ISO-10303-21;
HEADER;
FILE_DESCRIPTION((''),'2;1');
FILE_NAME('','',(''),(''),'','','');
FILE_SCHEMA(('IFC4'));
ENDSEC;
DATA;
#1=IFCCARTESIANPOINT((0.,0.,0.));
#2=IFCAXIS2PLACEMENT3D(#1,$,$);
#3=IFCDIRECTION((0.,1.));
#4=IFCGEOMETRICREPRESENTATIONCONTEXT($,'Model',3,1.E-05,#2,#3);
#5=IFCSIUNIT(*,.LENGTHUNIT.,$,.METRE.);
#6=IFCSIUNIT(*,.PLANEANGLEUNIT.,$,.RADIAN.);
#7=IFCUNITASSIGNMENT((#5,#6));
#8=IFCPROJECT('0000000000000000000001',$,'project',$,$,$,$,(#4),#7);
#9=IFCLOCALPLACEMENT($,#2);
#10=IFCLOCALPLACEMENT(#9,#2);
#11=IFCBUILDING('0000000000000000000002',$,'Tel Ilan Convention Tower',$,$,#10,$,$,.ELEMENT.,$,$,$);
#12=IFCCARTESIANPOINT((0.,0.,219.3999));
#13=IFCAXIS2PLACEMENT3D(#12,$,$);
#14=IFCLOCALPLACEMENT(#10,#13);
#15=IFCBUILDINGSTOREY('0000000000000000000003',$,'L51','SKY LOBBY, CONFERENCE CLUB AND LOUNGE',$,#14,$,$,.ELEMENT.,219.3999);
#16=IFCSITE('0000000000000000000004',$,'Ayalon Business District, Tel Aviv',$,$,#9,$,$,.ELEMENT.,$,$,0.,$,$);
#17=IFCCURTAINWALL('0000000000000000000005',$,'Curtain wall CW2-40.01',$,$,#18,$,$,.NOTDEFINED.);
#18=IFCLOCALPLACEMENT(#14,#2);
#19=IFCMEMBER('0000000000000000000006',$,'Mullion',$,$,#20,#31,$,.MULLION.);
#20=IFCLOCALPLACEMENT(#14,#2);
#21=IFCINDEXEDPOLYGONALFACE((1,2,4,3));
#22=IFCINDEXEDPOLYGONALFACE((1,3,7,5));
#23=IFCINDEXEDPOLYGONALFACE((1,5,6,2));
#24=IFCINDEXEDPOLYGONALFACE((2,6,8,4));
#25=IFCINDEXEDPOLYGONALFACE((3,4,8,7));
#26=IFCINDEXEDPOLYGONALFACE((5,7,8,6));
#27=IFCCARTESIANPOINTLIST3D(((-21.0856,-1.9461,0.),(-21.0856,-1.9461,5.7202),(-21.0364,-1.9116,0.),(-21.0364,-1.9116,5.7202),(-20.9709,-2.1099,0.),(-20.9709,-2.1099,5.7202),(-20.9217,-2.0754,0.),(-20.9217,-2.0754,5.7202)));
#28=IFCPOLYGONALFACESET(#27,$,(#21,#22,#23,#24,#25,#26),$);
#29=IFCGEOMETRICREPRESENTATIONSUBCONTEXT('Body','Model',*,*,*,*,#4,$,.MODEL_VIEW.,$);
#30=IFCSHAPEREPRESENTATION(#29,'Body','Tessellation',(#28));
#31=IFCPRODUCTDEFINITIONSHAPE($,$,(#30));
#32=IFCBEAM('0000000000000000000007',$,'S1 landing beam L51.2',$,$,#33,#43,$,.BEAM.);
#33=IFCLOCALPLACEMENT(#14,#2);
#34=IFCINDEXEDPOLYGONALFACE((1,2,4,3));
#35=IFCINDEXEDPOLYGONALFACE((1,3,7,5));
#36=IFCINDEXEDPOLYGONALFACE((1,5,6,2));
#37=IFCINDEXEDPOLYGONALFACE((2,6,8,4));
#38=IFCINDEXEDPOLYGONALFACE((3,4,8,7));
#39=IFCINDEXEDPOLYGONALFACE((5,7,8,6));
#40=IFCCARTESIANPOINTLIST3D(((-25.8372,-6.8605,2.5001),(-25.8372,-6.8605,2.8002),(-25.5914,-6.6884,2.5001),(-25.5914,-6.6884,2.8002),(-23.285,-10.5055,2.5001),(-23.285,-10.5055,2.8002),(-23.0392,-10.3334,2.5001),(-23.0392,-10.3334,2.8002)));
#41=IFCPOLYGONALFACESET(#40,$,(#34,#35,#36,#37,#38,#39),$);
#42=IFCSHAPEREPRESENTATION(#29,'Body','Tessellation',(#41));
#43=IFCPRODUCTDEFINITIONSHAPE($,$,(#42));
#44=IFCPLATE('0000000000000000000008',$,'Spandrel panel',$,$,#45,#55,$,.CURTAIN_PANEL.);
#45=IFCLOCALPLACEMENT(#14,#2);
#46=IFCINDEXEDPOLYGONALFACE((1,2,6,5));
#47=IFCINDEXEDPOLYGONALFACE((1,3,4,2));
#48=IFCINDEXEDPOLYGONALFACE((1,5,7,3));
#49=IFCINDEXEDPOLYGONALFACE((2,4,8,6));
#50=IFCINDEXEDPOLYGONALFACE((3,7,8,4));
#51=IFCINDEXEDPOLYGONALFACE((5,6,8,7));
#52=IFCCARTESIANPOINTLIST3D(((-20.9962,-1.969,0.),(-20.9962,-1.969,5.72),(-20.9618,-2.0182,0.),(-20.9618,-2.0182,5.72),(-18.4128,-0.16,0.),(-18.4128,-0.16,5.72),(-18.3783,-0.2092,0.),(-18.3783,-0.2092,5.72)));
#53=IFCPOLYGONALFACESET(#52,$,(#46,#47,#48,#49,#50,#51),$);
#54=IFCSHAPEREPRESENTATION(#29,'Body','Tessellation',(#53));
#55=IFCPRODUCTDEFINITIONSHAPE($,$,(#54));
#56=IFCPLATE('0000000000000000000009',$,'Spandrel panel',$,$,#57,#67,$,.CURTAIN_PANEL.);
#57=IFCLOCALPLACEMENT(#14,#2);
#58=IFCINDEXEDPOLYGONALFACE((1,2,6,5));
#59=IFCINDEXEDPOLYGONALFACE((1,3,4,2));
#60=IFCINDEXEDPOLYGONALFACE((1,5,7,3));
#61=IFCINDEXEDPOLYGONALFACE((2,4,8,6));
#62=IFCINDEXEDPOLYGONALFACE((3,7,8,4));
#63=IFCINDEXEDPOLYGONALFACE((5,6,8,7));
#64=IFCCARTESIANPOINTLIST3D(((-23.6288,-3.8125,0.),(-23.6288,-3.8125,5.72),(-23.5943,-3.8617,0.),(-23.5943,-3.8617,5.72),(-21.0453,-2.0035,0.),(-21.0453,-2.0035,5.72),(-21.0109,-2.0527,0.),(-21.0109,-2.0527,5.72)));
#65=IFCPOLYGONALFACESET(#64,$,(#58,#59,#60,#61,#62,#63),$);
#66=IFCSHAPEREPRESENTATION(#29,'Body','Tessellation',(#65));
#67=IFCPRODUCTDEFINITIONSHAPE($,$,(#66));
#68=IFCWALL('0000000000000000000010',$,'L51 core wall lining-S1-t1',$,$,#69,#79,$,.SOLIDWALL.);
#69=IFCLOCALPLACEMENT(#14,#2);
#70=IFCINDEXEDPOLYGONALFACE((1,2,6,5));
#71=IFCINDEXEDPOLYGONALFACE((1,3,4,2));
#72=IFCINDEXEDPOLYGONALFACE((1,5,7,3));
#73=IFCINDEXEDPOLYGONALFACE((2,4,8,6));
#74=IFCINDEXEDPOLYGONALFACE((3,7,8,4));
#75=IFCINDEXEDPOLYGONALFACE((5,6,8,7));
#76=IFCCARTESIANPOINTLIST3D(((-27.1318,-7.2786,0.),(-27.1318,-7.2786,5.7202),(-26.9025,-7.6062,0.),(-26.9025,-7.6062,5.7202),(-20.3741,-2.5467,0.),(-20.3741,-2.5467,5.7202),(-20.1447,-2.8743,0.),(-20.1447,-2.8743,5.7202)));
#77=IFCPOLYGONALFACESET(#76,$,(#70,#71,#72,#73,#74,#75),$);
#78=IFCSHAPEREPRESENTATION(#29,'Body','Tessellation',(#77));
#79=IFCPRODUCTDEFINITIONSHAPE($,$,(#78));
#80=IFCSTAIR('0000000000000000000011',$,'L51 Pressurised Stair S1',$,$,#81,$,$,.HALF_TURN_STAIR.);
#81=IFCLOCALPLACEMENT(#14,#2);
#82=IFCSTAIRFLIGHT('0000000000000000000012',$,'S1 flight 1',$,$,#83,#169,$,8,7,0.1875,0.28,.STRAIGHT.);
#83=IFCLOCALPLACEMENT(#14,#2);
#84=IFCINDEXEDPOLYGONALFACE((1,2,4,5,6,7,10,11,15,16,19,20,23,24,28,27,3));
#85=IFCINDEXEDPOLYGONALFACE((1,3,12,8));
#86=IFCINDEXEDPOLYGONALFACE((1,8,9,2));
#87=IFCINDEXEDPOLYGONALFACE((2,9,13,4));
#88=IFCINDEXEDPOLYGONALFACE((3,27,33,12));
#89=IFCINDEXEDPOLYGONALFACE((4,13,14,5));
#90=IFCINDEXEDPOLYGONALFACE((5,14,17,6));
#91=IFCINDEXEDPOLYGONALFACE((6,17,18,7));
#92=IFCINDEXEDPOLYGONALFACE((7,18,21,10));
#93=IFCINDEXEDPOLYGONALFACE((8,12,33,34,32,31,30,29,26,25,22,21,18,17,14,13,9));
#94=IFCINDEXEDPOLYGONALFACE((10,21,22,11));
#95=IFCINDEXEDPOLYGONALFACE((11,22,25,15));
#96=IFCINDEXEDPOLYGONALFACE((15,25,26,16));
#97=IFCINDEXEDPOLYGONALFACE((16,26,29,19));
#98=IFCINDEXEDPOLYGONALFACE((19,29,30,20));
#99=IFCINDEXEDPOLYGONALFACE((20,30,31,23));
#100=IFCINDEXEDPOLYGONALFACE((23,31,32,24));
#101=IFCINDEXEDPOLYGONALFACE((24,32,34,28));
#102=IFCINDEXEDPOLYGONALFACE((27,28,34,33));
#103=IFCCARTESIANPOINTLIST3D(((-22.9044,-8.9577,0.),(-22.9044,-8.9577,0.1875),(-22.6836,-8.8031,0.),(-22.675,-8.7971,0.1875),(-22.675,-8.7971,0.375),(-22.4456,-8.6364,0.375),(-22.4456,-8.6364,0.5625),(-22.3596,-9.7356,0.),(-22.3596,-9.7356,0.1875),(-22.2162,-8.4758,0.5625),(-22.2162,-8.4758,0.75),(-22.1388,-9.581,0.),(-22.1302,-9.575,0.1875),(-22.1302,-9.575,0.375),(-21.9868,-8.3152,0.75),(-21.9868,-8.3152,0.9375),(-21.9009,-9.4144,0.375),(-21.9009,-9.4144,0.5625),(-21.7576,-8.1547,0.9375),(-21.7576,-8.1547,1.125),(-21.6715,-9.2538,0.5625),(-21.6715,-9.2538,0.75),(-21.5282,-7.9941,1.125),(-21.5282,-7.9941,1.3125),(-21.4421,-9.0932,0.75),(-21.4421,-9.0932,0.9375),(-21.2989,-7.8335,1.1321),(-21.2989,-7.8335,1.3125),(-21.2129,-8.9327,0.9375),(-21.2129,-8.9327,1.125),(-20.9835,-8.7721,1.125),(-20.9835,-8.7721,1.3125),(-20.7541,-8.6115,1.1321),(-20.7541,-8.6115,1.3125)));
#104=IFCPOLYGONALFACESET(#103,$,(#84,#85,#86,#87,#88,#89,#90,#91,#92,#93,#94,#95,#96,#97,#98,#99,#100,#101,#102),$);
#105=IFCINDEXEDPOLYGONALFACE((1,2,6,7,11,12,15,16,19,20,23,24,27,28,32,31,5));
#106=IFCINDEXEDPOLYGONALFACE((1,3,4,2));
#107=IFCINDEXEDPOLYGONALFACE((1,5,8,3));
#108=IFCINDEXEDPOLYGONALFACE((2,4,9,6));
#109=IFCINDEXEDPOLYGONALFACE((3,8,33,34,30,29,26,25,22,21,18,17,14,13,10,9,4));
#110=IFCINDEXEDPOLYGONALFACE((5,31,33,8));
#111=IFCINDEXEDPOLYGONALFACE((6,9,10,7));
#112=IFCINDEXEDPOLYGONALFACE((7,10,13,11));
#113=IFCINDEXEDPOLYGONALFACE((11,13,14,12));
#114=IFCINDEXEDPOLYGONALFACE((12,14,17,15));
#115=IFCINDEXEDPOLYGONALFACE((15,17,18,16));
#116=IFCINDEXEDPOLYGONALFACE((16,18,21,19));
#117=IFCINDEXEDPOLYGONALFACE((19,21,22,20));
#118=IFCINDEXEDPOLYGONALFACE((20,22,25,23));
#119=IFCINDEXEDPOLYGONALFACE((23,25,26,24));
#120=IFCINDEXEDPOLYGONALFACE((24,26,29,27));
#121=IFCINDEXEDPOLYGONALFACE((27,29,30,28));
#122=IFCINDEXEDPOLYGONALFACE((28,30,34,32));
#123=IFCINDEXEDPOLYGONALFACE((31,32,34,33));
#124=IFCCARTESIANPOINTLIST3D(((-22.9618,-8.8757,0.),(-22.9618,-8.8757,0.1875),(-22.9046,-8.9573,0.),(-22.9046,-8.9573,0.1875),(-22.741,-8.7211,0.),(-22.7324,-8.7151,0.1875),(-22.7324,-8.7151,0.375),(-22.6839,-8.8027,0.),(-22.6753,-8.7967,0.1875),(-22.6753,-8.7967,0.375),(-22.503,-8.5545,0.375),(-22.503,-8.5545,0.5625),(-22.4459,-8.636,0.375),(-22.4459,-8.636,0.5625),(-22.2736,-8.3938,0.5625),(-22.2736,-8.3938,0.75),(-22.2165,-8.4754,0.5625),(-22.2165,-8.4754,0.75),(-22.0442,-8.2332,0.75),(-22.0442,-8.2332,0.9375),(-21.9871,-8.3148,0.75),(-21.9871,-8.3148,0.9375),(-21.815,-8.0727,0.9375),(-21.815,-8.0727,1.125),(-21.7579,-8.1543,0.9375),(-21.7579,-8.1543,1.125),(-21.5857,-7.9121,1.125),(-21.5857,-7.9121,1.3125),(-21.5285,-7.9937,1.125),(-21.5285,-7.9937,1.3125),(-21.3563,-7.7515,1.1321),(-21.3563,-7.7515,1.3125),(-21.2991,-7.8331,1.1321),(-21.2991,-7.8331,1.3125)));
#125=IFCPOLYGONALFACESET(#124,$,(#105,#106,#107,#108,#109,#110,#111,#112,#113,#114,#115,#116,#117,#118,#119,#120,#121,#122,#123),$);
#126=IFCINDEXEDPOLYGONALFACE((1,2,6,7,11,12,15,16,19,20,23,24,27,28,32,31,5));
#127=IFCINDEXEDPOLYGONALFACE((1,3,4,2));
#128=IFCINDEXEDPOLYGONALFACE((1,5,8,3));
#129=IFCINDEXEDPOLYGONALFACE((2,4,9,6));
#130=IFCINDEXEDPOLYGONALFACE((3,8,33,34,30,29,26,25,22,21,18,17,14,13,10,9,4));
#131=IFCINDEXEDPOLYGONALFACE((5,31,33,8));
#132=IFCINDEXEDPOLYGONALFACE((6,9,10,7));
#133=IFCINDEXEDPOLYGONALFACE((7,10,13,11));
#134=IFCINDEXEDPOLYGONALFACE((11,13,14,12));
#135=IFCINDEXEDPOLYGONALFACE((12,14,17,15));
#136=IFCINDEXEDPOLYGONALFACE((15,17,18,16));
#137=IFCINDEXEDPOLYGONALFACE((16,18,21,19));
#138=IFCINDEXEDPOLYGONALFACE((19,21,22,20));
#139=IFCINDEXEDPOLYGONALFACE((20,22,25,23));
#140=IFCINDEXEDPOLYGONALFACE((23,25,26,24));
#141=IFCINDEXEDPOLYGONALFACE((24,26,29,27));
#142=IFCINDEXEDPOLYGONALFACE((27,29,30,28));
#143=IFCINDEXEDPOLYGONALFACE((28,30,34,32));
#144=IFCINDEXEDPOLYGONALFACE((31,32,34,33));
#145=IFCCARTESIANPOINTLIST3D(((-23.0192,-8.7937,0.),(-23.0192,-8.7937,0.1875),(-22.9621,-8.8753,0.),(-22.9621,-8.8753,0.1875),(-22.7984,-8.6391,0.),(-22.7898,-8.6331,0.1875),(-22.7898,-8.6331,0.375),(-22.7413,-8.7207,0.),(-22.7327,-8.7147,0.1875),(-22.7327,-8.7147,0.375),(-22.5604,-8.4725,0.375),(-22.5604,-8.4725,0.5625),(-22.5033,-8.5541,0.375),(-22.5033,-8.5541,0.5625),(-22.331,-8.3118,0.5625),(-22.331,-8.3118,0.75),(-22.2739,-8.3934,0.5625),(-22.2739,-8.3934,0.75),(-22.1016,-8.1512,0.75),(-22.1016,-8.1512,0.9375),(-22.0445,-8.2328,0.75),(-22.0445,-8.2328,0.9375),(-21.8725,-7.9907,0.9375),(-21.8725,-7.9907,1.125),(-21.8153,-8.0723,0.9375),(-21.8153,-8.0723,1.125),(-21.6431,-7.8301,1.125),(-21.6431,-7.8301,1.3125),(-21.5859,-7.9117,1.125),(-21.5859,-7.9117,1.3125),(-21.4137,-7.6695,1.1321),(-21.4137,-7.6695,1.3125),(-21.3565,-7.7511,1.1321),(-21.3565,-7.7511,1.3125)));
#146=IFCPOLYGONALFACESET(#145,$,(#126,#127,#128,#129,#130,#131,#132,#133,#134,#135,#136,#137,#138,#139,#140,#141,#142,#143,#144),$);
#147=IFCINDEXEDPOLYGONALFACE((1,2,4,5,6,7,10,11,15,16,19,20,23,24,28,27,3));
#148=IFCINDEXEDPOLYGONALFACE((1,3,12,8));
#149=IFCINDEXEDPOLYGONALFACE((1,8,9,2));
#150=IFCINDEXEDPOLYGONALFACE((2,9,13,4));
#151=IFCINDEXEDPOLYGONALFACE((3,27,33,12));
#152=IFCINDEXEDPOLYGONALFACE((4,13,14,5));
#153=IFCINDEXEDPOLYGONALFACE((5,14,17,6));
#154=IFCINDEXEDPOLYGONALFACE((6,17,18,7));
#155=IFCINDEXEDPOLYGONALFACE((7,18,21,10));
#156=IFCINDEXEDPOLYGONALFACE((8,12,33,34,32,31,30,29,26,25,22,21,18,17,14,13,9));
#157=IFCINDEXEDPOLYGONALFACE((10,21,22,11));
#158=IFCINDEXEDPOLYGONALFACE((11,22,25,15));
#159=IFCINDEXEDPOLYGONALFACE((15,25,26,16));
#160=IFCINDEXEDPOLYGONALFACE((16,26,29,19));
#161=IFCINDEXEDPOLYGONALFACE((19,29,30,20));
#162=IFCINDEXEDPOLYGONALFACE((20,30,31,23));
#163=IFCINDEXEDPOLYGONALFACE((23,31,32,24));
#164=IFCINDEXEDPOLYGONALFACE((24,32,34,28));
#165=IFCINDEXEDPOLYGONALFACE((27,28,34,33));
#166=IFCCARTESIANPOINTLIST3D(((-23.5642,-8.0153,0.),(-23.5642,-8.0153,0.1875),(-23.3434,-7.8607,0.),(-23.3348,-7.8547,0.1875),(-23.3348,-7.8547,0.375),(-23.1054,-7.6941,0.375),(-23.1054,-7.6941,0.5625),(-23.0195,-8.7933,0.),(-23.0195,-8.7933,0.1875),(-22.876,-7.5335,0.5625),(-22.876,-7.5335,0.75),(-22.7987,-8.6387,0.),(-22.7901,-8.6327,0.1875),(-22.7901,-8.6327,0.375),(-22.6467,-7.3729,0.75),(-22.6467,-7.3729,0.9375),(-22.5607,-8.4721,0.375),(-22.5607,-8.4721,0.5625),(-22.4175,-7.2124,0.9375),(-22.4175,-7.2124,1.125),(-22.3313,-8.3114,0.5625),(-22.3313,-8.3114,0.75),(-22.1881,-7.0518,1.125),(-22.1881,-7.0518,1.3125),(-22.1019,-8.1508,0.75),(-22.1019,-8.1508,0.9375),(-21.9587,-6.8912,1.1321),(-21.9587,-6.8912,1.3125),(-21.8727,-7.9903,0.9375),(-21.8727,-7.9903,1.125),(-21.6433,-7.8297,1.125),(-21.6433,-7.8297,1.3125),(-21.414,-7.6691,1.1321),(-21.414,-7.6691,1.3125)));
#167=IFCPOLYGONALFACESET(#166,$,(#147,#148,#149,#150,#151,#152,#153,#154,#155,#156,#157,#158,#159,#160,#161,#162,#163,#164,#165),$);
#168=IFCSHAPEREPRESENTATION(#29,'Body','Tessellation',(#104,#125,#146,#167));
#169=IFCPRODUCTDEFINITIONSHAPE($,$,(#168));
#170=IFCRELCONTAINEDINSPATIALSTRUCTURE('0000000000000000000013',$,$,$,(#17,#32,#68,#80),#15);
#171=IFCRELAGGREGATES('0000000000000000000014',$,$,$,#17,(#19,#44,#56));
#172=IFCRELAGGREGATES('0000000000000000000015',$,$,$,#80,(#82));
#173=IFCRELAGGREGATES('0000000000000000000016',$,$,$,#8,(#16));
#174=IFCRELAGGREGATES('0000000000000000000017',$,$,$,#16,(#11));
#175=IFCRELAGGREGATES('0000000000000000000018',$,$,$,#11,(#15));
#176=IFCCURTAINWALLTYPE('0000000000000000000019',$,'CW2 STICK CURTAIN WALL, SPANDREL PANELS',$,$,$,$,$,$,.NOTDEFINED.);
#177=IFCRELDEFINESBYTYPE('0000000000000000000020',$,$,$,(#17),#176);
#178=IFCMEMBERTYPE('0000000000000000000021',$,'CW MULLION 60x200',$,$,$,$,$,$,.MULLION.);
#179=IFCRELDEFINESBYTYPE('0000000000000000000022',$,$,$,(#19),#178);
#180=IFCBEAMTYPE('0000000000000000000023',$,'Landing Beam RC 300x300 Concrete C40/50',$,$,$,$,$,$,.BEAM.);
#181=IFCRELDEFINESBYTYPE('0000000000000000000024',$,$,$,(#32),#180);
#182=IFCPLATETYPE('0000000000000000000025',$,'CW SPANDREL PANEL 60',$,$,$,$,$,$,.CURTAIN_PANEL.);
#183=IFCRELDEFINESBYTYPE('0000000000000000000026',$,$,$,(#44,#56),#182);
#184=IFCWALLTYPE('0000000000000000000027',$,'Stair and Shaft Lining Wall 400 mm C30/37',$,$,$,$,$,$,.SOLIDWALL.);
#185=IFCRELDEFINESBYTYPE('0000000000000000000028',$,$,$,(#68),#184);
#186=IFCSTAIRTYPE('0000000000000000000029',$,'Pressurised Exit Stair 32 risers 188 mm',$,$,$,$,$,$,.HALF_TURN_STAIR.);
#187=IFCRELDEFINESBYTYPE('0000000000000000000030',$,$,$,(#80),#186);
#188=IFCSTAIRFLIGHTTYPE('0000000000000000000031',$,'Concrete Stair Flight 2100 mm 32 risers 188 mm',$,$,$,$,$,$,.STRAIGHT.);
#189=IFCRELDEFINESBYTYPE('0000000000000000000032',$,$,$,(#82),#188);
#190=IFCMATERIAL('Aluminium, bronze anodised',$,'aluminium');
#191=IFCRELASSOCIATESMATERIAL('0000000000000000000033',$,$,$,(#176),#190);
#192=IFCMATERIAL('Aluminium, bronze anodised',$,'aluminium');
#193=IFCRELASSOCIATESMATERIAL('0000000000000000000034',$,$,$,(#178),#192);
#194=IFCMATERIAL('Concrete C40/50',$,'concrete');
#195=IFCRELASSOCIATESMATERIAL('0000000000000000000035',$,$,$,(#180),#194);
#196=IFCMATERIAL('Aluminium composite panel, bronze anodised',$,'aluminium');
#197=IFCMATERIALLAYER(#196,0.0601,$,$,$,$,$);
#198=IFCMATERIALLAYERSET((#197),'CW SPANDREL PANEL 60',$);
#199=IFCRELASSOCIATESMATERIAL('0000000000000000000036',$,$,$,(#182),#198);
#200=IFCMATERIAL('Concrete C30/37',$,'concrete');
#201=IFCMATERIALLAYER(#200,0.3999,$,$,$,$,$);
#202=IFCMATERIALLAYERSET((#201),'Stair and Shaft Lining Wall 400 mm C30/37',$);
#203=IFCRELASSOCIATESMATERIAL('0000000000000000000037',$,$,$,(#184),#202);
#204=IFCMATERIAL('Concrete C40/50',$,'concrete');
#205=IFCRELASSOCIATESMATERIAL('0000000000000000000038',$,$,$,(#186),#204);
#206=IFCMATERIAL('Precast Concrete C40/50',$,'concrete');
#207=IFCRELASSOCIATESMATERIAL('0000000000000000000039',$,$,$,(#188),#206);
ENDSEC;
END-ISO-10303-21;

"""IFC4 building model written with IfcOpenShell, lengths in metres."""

from ifc_helpers import new_model, si_unit, direction, frame, frame_2d, origin, origin_2d, place, context, subcontext, project, spatial, polyline, rectangle, outline, extrude, material, layer, layer_set, material_profile, profile_set, type_object, element, aggregate, save


model = new_model("IFC4")

# Units and contexts
model_context = context("Model", 3, precision=1e-05, world=origin(), true_north=direction((0.0, 1.0)))
body_context = subcontext(model_context, "Body", "Model", "MODEL_VIEW")
ifc_project = project(units=[si_unit("LENGTHUNIT", "METRE"), si_unit("PLANEANGLEUNIT", "RADIAN")], contexts=[model_context])

# Site, building, storey
site_placement = place(None, origin())
site = spatial("IfcSite", under=ifc_project, at=site_placement, Name="Ayalon Business District, Tel Aviv", CompositionType="ELEMENT", RefElevation=0.0)
building_placement = place(site_placement, origin())
building = spatial("IfcBuilding", under=site, at=building_placement, Name="Tel Ilan Convention Tower", CompositionType="ELEMENT")
storey_placement = place(building_placement, frame((0.0, 0.0, 219.3999)))
storey = spatial("IfcBuildingStorey", under=building, at=storey_placement, Name="L51", Description="SKY LOBBY, CONFERENCE CLUB AND LOUNGE", CompositionType="ELEMENT", Elevation=219.3999)

# Curtain wall, member
ifc_material_1 = material(Name="Aluminium, bronze anodised", Category="aluminium")
curtain_wall_type = type_object("IfcCurtainWallType", Name="CW2 STICK CURTAIN WALL, SPANDREL PANELS", PredefinedType="NOTDEFINED", material=ifc_material_1)
curtain_wall_placement = place(storey_placement, origin())
curtain_wall = element("IfcCurtainWall", 1, at=curtain_wall_placement, inside=storey, type_object=curtain_wall_type, Name="Curtain wall CW2-40.01", PredefinedType="NOTDEFINED")
ifc_material_2 = material(Name="Aluminium, bronze anodised", Category="aluminium")
ifc_material_profile_1 = material_profile(ifc_material_2, rectangle(XDim=0.0601, YDim=0.2, at=origin_2d()), Name="CW MULLION 60x200")
ifc_profile_set_1 = profile_set([ifc_material_profile_1], Name="Aluminium, bronze anodised")
member_type = type_object("IfcMemberType", Name="CW MULLION 60x200", PredefinedType="MULLION", material=ifc_profile_set_1)
member_placement = place(storey_placement, frame((-21.0037, -2.0107, 0.0), z_axis=(0.0, 0.0, 1.0), x_axis=(-0.819152, -0.573576, 0.0)))
member = element("IfcMember", 2, at=member_placement, type_object=member_type, Name="Mullion", PredefinedType="MULLION", context=body_context, shape_type="SweptSolid", body=[
    extrude(rectangle(XDim=0.0601, YDim=0.2, at=origin_2d()), origin(), (0.0, 0.0, 1.0), 5.7202),
])

# Beam
ifc_material_3 = material(Name="Concrete C40/50", Category="concrete")
ifc_material_profile_2 = material_profile(ifc_material_3, rectangle(XDim=0.3, YDim=0.3, at=origin_2d()), Name="RC 300x300")
ifc_profile_set_2 = profile_set([ifc_material_profile_2], Name="Concrete C40/50")
beam_type = type_object("IfcBeamType", Name="Landing Beam RC 300x300 Concrete C40/50", PredefinedType="BEAM", material=ifc_profile_set_2)
beam_placement = place(storey_placement, frame((-23.1621, -10.4194, 2.6501), z_axis=(-0.573573, 0.819155, 0.0), x_axis=(-0.819155, -0.573573, 0.0)))
element("IfcBeam", 3, at=beam_placement, inside=storey, type_object=beam_type, Name="S1 landing beam L51.2", PredefinedType="BEAM", context=body_context, shape_type="SweptSolid", body=[
    extrude(rectangle(XDim=0.3, YDim=0.3, at=origin_2d()), origin(), (0.0, 0.0, 1.0), 4.4497),
])

# Plates
ifc_material_4 = material(Name="Aluminium composite panel, bronze anodised", Category="aluminium")
ifc_layer_1 = layer(ifc_material_4, 0.0601)
ifc_layer_set_1 = layer_set([ifc_layer_1], Name="CW SPANDREL PANEL 60")
plate_type = type_object("IfcPlateType", Name="CW SPANDREL PANEL 60", PredefinedType="CURTAIN_PANEL", material=ifc_layer_set_1)
plate_1_placement = place(storey_placement, frame((-19.6873, -1.0891, 0.0), z_axis=(0.0, 0.0, 1.0), x_axis=(-0.819152, -0.573576, 0.0)))
plate_1 = element("IfcPlate", 4, at=plate_1_placement, type_object=plate_type, Name="Spandrel panel", PredefinedType="CURTAIN_PANEL", context=body_context, shape_type="SweptSolid", body=[
    extrude(rectangle(XDim=3.1538, YDim=0.0601, at=origin_2d()), origin(), (0.0, 0.0, 1.0), 5.72),
])
plate_2_placement = place(storey_placement, frame((-22.3198, -2.9326, 0.0), z_axis=(0.0, 0.0, 1.0), x_axis=(-0.819152, -0.573576, 0.0)))
plate_2 = element("IfcPlate", 5, at=plate_2_placement, type_object=plate_type, Name="Spandrel panel", PredefinedType="CURTAIN_PANEL", context=body_context, shape_type="SweptSolid", body=[
    extrude(rectangle(XDim=3.1538, YDim=0.0601, at=origin_2d()), origin(), (0.0, 0.0, 1.0), 5.72),
])
aggregate(curtain_wall, [member, plate_1, plate_2])

# Wall
ifc_material_5 = material(Name="Concrete C30/37", Category="concrete")
ifc_layer_2 = layer(ifc_material_5, 0.3999)
ifc_layer_set_2 = layer_set([ifc_layer_2], Name="Stair and Shaft Lining Wall 400 mm C30/37")
wall_type = type_object("IfcWallType", Name="Stair and Shaft Lining Wall 400 mm C30/37", PredefinedType="SOLIDWALL", material=ifc_layer_set_2)
wall_placement = place(storey_placement, frame((-20.2593, -2.7104, 0.0), z_axis=(0.0, 0.0, 1.0), x_axis=(-0.819148, -0.573582, 0.0)))
element("IfcWall", 6, at=wall_placement, inside=storey, type_object=wall_type, Name="L51 core wall lining-S1-t1", PredefinedType="SOLIDWALL", context=body_context, shape_type="SweptSolid", body=[
    extrude(rectangle(XDim=8.2498, YDim=0.3999, at=frame_2d((4.125, 0.0))), origin(), (0.0, 0.0, 1.0), 5.7202),
])

# Stair, stair flight
ifc_material_6 = material(Name="Concrete C40/50", Category="concrete")
stair_type = type_object("IfcStairType", Name="Pressurised Exit Stair 32 risers 188 mm", PredefinedType="HALF_TURN_STAIR", material=ifc_material_6)
stair_1_placement = place(storey_placement, origin())
stair_1 = element("IfcStair", 7, at=stair_1_placement, inside=storey, type_object=stair_type, Name="L51 Pressurised Stair S1", PredefinedType="HALF_TURN_STAIR")
ifc_material_7 = material(Name="Precast Concrete C40/50", Category="concrete")
stair_flight_type = type_object("IfcStairFlightType", Name="Concrete Stair Flight 2100 mm 32 risers 188 mm", PredefinedType="STRAIGHT", material=ifc_material_7)
stair_flight_1_placement = place(storey_placement, frame((-22.9619, -8.8755, 0.0), z_axis=(0.0, 0.0, 1.0), x_axis=(0.819152, 0.573576, 0.0)))
stair_flight_1 = element("IfcStairFlight", 8, at=stair_flight_1_placement, type_object=stair_flight_type, Name="S1 flight 1", NumberOfRisers=8, NumberOfTreads=7, PredefinedType="STRAIGHT", RiserHeight=0.1875, TreadLength=0.28, context=body_context, shape_type="SweptSolid", body=[
    extrude(outline(polyline([(0.0, 0.0), (0.0, 0.1875), (0.28, 0.1875), (0.28, 0.375), (0.5601, 0.375), (0.5601, 0.5625), (0.8401, 0.5625), (0.8401, 0.75), (1.1201, 0.75), (1.1201, 0.9375), (1.3999, 0.9375), (1.3999, 1.125), (1.6799, 1.125), (1.6799, 1.3125), (1.96, 1.3125), (1.96, 1.5), (1.96, 1.1321), (0.2695, 0.0), (0.0, 0.0)])), frame((0.0, -0.1003, 0.0), z_axis=(0.0, -1.0, 0.0), x_axis=(1.0, 0.0, 0.0)), (0.0, 0.0, 1.0), 0.9497),
    extrude(outline(polyline([(0.0, 0.0), (0.0, 0.1875), (0.28, 0.1875), (0.28, 0.375), (0.5601, 0.375), (0.5601, 0.5625), (0.8401, 0.5625), (0.8401, 0.75), (1.1201, 0.75), (1.1201, 0.9375), (1.3999, 0.9375), (1.3999, 1.125), (1.6799, 1.125), (1.6799, 1.3125), (1.96, 1.3125), (1.96, 1.5), (1.96, 1.1321), (0.2695, 0.0), (0.0, 0.0)])), frame((0.0, -0.0002, 0.0), z_axis=(0.0, -1.0, 0.0), x_axis=(1.0, 0.0, 0.0)), (0.0, 0.0, 1.0), 0.0996),
    extrude(outline(polyline([(0.0, 0.0), (0.0, 0.1875), (0.28, 0.1875), (0.28, 0.375), (0.5601, 0.375), (0.5601, 0.5625), (0.8401, 0.5625), (0.8401, 0.75), (1.1201, 0.75), (1.1201, 0.9375), (1.3999, 0.9375), (1.3999, 1.125), (1.6799, 1.125), (1.6799, 1.3125), (1.96, 1.3125), (1.96, 1.5), (1.96, 1.1321), (0.2695, 0.0), (0.0, 0.0)])), frame((0.0, 0.0999, 0.0), z_axis=(0.0, -1.0, 0.0), x_axis=(1.0, 0.0, 0.0)), (0.0, 0.0, 1.0), 0.0996),
    extrude(outline(polyline([(0.0, 0.0), (0.0, 0.1875), (0.28, 0.1875), (0.28, 0.375), (0.5601, 0.375), (0.5601, 0.5625), (0.8401, 0.5625), (0.8401, 0.75), (1.1201, 0.75), (1.1201, 0.9375), (1.3999, 0.9375), (1.3999, 1.125), (1.6799, 1.125), (1.6799, 1.3125), (1.96, 1.3125), (1.96, 1.5), (1.96, 1.1321), (0.2695, 0.0), (0.0, 0.0)])), frame((0.0, 1.05, 0.0), z_axis=(0.0, -1.0, 0.0), x_axis=(1.0, 0.0, 0.0)), (0.0, 0.0, 1.0), 0.9497),
])
aggregate(stair_1, [stair_flight_1])

save(model, "model.ifc")
